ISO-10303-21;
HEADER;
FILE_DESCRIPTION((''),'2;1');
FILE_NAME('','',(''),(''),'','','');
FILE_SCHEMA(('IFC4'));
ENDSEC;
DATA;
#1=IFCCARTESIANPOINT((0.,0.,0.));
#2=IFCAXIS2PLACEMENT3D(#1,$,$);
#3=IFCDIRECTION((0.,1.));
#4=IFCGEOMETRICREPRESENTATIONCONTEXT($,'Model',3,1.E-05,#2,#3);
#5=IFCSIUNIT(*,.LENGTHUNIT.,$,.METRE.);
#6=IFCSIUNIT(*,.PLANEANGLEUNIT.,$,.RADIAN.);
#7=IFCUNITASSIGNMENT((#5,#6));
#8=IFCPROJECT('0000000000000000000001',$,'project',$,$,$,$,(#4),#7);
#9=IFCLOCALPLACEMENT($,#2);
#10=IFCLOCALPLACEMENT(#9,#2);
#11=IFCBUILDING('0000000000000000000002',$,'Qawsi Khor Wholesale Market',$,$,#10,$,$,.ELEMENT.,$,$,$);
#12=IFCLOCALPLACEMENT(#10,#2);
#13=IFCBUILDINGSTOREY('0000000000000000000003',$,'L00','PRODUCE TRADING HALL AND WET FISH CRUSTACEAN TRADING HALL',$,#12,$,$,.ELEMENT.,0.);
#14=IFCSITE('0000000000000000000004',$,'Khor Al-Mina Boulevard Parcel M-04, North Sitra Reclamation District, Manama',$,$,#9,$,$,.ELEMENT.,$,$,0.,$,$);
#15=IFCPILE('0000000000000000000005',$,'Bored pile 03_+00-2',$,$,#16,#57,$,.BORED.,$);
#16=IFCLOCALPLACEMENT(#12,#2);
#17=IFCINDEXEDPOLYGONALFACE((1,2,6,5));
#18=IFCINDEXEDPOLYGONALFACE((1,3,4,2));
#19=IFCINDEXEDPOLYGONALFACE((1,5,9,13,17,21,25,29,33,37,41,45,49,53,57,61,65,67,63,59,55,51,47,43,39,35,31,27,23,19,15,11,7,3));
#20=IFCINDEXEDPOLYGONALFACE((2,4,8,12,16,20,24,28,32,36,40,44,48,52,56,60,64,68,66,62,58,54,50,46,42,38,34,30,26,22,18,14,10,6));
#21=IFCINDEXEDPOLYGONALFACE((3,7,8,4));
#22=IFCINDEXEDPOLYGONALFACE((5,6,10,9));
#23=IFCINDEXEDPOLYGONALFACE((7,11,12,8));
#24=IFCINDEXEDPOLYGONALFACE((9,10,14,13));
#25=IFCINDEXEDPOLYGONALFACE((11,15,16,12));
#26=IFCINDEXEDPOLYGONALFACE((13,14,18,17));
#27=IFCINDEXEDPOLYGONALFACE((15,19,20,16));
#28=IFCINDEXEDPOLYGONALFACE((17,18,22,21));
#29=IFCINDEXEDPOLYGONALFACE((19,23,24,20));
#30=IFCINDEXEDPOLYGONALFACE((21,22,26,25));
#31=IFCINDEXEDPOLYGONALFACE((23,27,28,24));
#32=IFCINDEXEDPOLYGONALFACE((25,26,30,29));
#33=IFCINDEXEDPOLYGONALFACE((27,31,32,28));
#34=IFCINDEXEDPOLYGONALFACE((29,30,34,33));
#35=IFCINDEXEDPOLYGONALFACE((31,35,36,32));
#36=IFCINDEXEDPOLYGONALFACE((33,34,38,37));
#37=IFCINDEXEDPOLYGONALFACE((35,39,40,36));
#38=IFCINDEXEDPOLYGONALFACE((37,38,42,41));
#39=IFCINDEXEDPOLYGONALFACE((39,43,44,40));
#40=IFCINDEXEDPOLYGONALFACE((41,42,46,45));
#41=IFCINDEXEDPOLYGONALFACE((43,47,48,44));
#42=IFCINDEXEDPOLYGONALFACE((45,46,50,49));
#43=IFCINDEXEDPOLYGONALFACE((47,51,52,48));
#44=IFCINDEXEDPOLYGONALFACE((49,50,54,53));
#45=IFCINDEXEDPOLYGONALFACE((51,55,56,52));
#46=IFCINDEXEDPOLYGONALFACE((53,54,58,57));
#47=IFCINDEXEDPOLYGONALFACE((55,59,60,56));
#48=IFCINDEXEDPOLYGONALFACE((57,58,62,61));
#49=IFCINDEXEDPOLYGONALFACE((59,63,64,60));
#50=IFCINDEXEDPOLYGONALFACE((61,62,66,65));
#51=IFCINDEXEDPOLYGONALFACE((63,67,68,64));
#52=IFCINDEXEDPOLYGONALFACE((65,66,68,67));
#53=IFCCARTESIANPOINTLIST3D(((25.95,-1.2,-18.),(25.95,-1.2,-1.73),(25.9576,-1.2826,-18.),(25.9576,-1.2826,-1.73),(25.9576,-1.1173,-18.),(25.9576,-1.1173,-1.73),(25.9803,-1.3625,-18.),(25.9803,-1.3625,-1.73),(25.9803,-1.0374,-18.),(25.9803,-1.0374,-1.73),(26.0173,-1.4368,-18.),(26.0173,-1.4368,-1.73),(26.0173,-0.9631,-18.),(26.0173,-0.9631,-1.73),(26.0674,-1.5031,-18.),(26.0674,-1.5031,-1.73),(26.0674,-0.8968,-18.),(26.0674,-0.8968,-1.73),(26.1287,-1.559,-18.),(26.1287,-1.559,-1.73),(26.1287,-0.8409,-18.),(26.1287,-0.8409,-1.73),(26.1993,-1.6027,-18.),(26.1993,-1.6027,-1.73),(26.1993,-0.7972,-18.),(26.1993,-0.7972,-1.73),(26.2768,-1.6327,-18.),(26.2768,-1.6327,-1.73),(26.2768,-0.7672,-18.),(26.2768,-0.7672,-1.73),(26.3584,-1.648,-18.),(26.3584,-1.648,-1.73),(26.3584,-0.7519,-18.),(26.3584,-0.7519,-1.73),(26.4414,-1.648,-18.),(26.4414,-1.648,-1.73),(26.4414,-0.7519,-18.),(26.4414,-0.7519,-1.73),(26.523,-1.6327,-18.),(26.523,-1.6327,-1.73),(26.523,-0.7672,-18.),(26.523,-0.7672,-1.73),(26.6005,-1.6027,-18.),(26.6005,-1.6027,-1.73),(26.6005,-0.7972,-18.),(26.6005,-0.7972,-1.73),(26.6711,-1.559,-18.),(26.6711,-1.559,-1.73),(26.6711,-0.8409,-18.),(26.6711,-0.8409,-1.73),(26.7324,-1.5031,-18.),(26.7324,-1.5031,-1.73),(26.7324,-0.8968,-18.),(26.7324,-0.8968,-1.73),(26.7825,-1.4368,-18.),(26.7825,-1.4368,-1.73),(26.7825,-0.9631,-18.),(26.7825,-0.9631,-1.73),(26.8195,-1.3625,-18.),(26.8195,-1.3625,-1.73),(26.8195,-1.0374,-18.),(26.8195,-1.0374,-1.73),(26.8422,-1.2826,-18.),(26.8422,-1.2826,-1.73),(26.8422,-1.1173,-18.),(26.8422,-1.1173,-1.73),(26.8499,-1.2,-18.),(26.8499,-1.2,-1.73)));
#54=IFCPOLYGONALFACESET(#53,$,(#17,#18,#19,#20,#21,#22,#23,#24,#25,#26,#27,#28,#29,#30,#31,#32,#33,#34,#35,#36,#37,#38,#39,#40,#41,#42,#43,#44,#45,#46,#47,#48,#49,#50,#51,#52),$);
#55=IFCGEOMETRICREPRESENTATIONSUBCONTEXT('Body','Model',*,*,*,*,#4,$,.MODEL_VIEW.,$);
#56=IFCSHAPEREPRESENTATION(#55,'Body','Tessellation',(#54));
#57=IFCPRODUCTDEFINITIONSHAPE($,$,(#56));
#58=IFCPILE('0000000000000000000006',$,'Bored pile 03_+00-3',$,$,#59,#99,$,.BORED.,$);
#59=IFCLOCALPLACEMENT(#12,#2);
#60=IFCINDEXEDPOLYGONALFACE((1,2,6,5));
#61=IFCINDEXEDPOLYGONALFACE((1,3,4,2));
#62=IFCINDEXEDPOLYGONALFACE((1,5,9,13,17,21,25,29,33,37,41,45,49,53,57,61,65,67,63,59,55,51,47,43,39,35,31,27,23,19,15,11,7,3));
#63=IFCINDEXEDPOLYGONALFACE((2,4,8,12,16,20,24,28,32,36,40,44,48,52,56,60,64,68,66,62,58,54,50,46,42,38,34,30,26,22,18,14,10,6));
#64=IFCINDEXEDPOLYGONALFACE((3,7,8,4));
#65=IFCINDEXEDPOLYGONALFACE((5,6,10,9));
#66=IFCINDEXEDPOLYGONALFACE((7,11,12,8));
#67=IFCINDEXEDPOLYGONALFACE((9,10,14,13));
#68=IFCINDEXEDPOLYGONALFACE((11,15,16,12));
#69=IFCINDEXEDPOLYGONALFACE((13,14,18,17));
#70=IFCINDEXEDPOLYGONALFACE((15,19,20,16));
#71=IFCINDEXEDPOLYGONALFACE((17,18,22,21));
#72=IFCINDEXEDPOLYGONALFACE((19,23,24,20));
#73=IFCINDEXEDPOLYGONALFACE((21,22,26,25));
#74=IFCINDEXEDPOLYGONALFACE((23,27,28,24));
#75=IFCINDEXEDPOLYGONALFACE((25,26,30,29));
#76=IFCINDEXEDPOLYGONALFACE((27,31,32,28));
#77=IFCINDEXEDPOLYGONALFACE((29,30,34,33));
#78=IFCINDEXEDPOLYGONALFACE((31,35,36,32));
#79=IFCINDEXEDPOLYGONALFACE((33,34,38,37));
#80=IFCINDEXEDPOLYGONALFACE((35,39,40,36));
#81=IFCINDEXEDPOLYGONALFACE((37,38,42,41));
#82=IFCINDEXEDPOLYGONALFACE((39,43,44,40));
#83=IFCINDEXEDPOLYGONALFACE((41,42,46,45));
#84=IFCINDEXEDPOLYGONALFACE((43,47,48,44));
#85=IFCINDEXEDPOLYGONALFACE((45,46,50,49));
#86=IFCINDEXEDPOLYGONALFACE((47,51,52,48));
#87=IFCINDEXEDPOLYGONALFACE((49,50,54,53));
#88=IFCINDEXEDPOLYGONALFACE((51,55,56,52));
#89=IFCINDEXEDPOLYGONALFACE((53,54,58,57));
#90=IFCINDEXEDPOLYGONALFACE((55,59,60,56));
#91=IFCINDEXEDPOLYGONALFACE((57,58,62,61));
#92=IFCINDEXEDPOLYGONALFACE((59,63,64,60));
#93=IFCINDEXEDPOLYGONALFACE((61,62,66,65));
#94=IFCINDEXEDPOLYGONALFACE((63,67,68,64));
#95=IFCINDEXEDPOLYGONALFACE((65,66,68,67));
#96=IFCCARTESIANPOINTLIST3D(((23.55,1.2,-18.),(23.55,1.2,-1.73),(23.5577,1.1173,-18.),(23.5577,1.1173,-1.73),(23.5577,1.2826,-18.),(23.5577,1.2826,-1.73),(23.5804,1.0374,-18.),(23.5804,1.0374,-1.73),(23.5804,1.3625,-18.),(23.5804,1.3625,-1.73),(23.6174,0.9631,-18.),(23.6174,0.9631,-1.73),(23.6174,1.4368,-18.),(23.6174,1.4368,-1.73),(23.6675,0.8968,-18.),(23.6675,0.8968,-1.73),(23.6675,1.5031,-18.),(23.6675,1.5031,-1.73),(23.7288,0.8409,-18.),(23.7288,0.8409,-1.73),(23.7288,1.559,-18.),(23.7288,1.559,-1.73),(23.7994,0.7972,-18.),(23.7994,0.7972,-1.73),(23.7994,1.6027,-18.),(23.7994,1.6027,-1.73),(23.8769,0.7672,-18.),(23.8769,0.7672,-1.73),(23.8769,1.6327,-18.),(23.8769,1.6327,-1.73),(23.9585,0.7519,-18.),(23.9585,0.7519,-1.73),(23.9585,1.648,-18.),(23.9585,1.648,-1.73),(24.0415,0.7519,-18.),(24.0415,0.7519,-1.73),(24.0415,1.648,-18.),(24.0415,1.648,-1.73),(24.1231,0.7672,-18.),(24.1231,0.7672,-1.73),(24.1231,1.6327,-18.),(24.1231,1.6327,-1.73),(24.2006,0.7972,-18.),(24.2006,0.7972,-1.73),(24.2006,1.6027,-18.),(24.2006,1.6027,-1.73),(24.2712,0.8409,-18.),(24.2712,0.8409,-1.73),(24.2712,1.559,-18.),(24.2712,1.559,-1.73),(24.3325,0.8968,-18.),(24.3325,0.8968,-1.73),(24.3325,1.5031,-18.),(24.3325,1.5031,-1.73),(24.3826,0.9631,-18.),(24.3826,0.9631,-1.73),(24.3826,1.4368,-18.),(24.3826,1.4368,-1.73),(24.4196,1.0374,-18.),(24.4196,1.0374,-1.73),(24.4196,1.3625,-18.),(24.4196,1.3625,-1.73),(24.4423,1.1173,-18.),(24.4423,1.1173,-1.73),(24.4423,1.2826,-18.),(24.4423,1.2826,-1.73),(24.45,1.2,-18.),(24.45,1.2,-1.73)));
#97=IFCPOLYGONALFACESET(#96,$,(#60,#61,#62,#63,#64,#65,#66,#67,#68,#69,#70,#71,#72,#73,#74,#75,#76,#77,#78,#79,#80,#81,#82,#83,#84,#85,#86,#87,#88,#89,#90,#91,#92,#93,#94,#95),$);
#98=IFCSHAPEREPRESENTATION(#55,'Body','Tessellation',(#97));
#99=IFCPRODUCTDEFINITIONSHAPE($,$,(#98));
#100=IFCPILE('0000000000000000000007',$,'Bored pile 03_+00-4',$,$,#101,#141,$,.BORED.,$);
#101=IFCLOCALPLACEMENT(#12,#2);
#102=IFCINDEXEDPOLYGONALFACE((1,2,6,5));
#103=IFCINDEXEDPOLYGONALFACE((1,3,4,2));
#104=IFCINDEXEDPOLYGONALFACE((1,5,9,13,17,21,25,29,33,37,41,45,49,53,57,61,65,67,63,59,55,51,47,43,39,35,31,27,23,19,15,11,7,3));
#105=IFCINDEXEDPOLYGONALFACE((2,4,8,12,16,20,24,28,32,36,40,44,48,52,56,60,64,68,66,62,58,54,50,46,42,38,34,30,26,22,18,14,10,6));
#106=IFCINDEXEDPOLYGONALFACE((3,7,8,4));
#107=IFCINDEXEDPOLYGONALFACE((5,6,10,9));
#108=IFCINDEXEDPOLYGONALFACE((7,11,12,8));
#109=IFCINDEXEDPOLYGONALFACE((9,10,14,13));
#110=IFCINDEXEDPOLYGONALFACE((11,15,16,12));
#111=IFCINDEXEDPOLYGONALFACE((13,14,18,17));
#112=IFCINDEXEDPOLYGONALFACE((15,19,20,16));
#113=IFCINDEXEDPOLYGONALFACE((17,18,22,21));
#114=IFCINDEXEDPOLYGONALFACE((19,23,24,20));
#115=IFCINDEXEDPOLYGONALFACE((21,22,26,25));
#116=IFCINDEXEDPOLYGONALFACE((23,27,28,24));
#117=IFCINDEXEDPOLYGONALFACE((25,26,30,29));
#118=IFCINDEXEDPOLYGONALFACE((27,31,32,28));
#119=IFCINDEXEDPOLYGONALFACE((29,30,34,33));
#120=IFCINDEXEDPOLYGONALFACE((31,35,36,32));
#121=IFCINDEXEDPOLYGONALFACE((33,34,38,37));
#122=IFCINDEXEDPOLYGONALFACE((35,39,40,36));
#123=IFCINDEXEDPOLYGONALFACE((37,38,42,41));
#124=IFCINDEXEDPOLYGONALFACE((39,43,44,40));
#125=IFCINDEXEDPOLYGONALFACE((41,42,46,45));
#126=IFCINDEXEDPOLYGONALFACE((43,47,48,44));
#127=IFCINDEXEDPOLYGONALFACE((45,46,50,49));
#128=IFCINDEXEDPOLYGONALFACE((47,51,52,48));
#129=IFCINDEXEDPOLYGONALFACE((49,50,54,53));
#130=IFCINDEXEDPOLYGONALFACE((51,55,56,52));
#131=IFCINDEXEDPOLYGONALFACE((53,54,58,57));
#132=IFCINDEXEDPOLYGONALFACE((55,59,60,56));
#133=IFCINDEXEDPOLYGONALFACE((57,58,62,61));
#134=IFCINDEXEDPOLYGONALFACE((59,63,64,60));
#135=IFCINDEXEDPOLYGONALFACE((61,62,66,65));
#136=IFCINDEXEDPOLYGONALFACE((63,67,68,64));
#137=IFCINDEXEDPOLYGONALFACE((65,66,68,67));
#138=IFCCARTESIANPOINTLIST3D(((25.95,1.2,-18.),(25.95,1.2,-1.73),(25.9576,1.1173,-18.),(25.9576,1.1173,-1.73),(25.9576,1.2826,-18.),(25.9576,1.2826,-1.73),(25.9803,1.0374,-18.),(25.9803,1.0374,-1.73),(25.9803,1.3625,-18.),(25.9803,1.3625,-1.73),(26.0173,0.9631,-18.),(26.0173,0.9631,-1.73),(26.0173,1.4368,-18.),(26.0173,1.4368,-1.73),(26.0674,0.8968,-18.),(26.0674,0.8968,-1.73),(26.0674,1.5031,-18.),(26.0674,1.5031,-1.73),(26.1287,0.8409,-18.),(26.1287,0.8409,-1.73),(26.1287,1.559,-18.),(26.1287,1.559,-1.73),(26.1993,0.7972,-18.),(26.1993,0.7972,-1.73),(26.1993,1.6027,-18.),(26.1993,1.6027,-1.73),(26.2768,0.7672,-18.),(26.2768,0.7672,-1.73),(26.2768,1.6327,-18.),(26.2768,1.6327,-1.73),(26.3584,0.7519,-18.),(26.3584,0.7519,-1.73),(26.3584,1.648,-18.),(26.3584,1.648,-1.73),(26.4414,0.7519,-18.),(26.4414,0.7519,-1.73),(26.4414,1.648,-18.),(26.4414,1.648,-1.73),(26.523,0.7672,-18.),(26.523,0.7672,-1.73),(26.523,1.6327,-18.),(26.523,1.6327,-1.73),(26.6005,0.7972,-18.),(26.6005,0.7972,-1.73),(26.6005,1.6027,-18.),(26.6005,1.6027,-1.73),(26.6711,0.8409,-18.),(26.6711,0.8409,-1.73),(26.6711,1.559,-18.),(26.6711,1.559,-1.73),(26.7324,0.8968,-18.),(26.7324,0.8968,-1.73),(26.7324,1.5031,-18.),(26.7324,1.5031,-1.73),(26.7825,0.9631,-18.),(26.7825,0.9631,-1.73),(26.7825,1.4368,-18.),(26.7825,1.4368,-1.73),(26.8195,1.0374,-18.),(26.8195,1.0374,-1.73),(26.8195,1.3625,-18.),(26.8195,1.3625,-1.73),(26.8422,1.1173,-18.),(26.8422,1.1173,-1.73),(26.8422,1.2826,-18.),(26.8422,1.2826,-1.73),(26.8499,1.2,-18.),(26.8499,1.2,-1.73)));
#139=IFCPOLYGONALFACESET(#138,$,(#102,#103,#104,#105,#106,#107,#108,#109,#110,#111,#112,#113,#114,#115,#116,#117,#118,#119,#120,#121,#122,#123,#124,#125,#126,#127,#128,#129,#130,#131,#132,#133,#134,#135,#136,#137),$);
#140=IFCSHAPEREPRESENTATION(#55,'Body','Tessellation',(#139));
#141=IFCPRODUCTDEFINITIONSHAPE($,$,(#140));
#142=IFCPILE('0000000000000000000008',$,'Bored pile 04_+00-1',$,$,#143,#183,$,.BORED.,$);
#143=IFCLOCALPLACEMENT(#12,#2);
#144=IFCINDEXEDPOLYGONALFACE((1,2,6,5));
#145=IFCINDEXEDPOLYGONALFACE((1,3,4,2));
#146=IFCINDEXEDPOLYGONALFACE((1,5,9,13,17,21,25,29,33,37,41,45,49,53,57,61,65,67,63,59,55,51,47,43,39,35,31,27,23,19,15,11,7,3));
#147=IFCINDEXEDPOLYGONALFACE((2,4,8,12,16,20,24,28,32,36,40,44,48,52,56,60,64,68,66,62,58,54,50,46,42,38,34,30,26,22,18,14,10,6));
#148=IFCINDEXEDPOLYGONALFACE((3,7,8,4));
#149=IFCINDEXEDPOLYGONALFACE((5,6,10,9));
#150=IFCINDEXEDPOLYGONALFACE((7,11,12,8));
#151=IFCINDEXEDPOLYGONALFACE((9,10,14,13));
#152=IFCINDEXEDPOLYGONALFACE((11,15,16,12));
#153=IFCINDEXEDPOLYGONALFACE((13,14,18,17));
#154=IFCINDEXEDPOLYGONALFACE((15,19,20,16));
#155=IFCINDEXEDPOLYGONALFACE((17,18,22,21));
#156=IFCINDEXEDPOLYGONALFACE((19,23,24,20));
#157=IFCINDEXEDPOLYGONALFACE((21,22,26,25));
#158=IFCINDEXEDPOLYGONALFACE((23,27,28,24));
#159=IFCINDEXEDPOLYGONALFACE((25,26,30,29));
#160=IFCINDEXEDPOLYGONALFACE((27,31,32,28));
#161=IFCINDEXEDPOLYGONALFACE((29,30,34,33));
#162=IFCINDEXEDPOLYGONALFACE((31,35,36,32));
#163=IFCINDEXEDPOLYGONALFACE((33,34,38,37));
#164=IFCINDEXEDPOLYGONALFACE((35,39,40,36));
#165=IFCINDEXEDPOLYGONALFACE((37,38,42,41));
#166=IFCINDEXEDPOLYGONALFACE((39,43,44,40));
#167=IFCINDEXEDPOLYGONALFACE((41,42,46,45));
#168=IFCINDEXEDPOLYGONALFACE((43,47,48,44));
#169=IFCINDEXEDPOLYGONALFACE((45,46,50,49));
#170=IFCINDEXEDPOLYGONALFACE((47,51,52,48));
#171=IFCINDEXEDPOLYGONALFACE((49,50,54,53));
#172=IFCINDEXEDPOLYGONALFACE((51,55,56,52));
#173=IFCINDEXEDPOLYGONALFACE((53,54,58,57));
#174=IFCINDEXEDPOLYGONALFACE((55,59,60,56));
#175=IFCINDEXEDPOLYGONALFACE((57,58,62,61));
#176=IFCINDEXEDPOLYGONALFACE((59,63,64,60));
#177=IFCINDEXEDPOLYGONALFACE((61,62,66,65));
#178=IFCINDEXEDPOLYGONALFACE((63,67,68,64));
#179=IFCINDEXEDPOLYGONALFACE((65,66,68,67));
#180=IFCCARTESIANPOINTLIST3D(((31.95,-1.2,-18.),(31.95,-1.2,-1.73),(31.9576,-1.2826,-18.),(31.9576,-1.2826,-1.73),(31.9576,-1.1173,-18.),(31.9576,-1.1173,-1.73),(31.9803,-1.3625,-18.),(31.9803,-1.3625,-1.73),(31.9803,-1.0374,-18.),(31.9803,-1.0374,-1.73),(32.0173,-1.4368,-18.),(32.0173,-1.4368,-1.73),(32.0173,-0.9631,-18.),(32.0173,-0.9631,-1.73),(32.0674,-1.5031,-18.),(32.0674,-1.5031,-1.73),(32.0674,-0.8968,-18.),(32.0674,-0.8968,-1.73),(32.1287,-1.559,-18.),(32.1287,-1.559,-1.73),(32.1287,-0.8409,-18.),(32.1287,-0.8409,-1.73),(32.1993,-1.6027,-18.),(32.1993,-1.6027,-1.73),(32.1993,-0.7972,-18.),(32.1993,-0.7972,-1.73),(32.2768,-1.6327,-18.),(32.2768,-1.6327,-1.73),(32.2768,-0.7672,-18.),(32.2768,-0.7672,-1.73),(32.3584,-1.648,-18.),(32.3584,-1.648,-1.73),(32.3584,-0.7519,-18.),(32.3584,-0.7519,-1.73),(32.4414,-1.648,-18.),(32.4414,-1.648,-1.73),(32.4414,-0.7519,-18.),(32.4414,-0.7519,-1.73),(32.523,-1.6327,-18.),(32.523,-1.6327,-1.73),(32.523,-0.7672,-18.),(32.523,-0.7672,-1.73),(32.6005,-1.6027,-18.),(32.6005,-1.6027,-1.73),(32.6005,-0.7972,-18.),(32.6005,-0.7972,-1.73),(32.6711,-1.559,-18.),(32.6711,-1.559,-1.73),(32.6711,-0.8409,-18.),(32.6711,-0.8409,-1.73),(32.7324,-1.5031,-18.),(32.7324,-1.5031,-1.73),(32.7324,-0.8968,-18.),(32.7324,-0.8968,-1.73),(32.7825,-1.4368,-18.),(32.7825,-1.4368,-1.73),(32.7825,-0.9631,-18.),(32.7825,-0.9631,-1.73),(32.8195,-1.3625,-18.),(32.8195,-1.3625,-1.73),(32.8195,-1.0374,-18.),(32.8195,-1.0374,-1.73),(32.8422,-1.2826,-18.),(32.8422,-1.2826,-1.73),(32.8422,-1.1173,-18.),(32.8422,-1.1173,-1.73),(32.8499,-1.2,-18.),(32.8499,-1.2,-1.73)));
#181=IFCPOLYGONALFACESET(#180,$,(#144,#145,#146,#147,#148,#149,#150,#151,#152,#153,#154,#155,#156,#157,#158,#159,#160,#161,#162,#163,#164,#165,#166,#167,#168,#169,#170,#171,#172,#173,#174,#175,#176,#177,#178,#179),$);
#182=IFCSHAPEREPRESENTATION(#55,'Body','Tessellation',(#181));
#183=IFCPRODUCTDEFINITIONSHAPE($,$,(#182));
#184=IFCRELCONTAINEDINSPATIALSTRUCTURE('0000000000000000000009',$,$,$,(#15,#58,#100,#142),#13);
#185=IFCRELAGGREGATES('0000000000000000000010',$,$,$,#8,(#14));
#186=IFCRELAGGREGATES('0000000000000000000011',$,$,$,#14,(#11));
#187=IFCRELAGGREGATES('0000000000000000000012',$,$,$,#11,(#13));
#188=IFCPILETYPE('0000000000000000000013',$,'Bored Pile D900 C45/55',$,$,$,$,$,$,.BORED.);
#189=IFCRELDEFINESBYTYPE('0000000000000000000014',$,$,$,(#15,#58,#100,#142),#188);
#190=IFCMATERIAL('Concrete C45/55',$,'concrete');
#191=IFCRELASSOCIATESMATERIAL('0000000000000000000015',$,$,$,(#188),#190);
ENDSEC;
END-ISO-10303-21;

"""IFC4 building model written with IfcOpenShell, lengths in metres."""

from ifc_helpers import new_model, si_unit, direction, frame, origin, origin_2d, place, context, subcontext, project, spatial, circle, extrude, material, material_profile, profile_set, type_object, element, save


model = new_model("IFC4")

# Units and contexts
model_context = context("Model", 3, precision=1e-05, world=origin(), true_north=direction((0.0, 1.0)))
body_context = subcontext(model_context, "Body", "Model", "MODEL_VIEW")
ifc_project = project(units=[si_unit("LENGTHUNIT", "METRE"), si_unit("PLANEANGLEUNIT", "RADIAN")], contexts=[model_context])

# Site, building, storey
site_placement = place(None, origin())
site = spatial("IfcSite", under=ifc_project, at=site_placement, Name="Khor Al-Mina Boulevard Parcel M-04, North Sitra Reclamation District, Manama", CompositionType="ELEMENT", RefElevation=0.0)
building_placement = place(site_placement, origin())
building = spatial("IfcBuilding", under=site, at=building_placement, Name="Qawsi Khor Wholesale Market", CompositionType="ELEMENT")
storey_placement = place(building_placement, origin())
storey = spatial("IfcBuildingStorey", under=building, at=storey_placement, Name="L00", Description="PRODUCE TRADING HALL AND WET FISH CRUSTACEAN TRADING HALL", CompositionType="ELEMENT", Elevation=0.0)

# Piles
ifc_material_1 = material(Name="Concrete C45/55", Category="concrete")
ifc_material_profile_1 = material_profile(ifc_material_1, circle(Radius=0.45, at=origin_2d()), Name="PILE D900")
ifc_profile_set_1 = profile_set([ifc_material_profile_1], Name="Concrete C45/55")
pile_type_1 = type_object("IfcPileType", Name="Bored Pile D900 C45/55", PredefinedType="BORED", material=ifc_profile_set_1)
for number, where, z_axis, x_axis, name in (
    (1, (26.3999, -1.2, -1.73), (0.0, 0.0, -1.0), (1.0, 0.0, 0.0), "Bored pile 03_+00-2"),
    (2, (24.0, 1.2, -1.73), (0.0, 0.0, -1.0), (1.0, 0.0, 0.0), "Bored pile 03_+00-3"),
    (3, (26.3999, 1.2, -1.73), (0.0, 0.0, -1.0), (1.0, 0.0, 0.0), "Bored pile 03_+00-4"),
    (4, (32.3999, -1.2, -1.73), (0.0, 0.0, -1.0), (1.0, 0.0, 0.0), "Bored pile 04_+00-1"),
):
    element("IfcPile", number, at=place(storey_placement, frame(where, z_axis=z_axis, x_axis=x_axis)), inside=storey, type_object=pile_type_1, Name=name, PredefinedType="BORED", context=body_context, shape_type="SweptSolid", body=[
        extrude(circle(Radius=0.45, at=origin_2d()), origin(), (0.0, 0.0, 1.0), 16.27),
    ])

save(model, "model.ifc")
